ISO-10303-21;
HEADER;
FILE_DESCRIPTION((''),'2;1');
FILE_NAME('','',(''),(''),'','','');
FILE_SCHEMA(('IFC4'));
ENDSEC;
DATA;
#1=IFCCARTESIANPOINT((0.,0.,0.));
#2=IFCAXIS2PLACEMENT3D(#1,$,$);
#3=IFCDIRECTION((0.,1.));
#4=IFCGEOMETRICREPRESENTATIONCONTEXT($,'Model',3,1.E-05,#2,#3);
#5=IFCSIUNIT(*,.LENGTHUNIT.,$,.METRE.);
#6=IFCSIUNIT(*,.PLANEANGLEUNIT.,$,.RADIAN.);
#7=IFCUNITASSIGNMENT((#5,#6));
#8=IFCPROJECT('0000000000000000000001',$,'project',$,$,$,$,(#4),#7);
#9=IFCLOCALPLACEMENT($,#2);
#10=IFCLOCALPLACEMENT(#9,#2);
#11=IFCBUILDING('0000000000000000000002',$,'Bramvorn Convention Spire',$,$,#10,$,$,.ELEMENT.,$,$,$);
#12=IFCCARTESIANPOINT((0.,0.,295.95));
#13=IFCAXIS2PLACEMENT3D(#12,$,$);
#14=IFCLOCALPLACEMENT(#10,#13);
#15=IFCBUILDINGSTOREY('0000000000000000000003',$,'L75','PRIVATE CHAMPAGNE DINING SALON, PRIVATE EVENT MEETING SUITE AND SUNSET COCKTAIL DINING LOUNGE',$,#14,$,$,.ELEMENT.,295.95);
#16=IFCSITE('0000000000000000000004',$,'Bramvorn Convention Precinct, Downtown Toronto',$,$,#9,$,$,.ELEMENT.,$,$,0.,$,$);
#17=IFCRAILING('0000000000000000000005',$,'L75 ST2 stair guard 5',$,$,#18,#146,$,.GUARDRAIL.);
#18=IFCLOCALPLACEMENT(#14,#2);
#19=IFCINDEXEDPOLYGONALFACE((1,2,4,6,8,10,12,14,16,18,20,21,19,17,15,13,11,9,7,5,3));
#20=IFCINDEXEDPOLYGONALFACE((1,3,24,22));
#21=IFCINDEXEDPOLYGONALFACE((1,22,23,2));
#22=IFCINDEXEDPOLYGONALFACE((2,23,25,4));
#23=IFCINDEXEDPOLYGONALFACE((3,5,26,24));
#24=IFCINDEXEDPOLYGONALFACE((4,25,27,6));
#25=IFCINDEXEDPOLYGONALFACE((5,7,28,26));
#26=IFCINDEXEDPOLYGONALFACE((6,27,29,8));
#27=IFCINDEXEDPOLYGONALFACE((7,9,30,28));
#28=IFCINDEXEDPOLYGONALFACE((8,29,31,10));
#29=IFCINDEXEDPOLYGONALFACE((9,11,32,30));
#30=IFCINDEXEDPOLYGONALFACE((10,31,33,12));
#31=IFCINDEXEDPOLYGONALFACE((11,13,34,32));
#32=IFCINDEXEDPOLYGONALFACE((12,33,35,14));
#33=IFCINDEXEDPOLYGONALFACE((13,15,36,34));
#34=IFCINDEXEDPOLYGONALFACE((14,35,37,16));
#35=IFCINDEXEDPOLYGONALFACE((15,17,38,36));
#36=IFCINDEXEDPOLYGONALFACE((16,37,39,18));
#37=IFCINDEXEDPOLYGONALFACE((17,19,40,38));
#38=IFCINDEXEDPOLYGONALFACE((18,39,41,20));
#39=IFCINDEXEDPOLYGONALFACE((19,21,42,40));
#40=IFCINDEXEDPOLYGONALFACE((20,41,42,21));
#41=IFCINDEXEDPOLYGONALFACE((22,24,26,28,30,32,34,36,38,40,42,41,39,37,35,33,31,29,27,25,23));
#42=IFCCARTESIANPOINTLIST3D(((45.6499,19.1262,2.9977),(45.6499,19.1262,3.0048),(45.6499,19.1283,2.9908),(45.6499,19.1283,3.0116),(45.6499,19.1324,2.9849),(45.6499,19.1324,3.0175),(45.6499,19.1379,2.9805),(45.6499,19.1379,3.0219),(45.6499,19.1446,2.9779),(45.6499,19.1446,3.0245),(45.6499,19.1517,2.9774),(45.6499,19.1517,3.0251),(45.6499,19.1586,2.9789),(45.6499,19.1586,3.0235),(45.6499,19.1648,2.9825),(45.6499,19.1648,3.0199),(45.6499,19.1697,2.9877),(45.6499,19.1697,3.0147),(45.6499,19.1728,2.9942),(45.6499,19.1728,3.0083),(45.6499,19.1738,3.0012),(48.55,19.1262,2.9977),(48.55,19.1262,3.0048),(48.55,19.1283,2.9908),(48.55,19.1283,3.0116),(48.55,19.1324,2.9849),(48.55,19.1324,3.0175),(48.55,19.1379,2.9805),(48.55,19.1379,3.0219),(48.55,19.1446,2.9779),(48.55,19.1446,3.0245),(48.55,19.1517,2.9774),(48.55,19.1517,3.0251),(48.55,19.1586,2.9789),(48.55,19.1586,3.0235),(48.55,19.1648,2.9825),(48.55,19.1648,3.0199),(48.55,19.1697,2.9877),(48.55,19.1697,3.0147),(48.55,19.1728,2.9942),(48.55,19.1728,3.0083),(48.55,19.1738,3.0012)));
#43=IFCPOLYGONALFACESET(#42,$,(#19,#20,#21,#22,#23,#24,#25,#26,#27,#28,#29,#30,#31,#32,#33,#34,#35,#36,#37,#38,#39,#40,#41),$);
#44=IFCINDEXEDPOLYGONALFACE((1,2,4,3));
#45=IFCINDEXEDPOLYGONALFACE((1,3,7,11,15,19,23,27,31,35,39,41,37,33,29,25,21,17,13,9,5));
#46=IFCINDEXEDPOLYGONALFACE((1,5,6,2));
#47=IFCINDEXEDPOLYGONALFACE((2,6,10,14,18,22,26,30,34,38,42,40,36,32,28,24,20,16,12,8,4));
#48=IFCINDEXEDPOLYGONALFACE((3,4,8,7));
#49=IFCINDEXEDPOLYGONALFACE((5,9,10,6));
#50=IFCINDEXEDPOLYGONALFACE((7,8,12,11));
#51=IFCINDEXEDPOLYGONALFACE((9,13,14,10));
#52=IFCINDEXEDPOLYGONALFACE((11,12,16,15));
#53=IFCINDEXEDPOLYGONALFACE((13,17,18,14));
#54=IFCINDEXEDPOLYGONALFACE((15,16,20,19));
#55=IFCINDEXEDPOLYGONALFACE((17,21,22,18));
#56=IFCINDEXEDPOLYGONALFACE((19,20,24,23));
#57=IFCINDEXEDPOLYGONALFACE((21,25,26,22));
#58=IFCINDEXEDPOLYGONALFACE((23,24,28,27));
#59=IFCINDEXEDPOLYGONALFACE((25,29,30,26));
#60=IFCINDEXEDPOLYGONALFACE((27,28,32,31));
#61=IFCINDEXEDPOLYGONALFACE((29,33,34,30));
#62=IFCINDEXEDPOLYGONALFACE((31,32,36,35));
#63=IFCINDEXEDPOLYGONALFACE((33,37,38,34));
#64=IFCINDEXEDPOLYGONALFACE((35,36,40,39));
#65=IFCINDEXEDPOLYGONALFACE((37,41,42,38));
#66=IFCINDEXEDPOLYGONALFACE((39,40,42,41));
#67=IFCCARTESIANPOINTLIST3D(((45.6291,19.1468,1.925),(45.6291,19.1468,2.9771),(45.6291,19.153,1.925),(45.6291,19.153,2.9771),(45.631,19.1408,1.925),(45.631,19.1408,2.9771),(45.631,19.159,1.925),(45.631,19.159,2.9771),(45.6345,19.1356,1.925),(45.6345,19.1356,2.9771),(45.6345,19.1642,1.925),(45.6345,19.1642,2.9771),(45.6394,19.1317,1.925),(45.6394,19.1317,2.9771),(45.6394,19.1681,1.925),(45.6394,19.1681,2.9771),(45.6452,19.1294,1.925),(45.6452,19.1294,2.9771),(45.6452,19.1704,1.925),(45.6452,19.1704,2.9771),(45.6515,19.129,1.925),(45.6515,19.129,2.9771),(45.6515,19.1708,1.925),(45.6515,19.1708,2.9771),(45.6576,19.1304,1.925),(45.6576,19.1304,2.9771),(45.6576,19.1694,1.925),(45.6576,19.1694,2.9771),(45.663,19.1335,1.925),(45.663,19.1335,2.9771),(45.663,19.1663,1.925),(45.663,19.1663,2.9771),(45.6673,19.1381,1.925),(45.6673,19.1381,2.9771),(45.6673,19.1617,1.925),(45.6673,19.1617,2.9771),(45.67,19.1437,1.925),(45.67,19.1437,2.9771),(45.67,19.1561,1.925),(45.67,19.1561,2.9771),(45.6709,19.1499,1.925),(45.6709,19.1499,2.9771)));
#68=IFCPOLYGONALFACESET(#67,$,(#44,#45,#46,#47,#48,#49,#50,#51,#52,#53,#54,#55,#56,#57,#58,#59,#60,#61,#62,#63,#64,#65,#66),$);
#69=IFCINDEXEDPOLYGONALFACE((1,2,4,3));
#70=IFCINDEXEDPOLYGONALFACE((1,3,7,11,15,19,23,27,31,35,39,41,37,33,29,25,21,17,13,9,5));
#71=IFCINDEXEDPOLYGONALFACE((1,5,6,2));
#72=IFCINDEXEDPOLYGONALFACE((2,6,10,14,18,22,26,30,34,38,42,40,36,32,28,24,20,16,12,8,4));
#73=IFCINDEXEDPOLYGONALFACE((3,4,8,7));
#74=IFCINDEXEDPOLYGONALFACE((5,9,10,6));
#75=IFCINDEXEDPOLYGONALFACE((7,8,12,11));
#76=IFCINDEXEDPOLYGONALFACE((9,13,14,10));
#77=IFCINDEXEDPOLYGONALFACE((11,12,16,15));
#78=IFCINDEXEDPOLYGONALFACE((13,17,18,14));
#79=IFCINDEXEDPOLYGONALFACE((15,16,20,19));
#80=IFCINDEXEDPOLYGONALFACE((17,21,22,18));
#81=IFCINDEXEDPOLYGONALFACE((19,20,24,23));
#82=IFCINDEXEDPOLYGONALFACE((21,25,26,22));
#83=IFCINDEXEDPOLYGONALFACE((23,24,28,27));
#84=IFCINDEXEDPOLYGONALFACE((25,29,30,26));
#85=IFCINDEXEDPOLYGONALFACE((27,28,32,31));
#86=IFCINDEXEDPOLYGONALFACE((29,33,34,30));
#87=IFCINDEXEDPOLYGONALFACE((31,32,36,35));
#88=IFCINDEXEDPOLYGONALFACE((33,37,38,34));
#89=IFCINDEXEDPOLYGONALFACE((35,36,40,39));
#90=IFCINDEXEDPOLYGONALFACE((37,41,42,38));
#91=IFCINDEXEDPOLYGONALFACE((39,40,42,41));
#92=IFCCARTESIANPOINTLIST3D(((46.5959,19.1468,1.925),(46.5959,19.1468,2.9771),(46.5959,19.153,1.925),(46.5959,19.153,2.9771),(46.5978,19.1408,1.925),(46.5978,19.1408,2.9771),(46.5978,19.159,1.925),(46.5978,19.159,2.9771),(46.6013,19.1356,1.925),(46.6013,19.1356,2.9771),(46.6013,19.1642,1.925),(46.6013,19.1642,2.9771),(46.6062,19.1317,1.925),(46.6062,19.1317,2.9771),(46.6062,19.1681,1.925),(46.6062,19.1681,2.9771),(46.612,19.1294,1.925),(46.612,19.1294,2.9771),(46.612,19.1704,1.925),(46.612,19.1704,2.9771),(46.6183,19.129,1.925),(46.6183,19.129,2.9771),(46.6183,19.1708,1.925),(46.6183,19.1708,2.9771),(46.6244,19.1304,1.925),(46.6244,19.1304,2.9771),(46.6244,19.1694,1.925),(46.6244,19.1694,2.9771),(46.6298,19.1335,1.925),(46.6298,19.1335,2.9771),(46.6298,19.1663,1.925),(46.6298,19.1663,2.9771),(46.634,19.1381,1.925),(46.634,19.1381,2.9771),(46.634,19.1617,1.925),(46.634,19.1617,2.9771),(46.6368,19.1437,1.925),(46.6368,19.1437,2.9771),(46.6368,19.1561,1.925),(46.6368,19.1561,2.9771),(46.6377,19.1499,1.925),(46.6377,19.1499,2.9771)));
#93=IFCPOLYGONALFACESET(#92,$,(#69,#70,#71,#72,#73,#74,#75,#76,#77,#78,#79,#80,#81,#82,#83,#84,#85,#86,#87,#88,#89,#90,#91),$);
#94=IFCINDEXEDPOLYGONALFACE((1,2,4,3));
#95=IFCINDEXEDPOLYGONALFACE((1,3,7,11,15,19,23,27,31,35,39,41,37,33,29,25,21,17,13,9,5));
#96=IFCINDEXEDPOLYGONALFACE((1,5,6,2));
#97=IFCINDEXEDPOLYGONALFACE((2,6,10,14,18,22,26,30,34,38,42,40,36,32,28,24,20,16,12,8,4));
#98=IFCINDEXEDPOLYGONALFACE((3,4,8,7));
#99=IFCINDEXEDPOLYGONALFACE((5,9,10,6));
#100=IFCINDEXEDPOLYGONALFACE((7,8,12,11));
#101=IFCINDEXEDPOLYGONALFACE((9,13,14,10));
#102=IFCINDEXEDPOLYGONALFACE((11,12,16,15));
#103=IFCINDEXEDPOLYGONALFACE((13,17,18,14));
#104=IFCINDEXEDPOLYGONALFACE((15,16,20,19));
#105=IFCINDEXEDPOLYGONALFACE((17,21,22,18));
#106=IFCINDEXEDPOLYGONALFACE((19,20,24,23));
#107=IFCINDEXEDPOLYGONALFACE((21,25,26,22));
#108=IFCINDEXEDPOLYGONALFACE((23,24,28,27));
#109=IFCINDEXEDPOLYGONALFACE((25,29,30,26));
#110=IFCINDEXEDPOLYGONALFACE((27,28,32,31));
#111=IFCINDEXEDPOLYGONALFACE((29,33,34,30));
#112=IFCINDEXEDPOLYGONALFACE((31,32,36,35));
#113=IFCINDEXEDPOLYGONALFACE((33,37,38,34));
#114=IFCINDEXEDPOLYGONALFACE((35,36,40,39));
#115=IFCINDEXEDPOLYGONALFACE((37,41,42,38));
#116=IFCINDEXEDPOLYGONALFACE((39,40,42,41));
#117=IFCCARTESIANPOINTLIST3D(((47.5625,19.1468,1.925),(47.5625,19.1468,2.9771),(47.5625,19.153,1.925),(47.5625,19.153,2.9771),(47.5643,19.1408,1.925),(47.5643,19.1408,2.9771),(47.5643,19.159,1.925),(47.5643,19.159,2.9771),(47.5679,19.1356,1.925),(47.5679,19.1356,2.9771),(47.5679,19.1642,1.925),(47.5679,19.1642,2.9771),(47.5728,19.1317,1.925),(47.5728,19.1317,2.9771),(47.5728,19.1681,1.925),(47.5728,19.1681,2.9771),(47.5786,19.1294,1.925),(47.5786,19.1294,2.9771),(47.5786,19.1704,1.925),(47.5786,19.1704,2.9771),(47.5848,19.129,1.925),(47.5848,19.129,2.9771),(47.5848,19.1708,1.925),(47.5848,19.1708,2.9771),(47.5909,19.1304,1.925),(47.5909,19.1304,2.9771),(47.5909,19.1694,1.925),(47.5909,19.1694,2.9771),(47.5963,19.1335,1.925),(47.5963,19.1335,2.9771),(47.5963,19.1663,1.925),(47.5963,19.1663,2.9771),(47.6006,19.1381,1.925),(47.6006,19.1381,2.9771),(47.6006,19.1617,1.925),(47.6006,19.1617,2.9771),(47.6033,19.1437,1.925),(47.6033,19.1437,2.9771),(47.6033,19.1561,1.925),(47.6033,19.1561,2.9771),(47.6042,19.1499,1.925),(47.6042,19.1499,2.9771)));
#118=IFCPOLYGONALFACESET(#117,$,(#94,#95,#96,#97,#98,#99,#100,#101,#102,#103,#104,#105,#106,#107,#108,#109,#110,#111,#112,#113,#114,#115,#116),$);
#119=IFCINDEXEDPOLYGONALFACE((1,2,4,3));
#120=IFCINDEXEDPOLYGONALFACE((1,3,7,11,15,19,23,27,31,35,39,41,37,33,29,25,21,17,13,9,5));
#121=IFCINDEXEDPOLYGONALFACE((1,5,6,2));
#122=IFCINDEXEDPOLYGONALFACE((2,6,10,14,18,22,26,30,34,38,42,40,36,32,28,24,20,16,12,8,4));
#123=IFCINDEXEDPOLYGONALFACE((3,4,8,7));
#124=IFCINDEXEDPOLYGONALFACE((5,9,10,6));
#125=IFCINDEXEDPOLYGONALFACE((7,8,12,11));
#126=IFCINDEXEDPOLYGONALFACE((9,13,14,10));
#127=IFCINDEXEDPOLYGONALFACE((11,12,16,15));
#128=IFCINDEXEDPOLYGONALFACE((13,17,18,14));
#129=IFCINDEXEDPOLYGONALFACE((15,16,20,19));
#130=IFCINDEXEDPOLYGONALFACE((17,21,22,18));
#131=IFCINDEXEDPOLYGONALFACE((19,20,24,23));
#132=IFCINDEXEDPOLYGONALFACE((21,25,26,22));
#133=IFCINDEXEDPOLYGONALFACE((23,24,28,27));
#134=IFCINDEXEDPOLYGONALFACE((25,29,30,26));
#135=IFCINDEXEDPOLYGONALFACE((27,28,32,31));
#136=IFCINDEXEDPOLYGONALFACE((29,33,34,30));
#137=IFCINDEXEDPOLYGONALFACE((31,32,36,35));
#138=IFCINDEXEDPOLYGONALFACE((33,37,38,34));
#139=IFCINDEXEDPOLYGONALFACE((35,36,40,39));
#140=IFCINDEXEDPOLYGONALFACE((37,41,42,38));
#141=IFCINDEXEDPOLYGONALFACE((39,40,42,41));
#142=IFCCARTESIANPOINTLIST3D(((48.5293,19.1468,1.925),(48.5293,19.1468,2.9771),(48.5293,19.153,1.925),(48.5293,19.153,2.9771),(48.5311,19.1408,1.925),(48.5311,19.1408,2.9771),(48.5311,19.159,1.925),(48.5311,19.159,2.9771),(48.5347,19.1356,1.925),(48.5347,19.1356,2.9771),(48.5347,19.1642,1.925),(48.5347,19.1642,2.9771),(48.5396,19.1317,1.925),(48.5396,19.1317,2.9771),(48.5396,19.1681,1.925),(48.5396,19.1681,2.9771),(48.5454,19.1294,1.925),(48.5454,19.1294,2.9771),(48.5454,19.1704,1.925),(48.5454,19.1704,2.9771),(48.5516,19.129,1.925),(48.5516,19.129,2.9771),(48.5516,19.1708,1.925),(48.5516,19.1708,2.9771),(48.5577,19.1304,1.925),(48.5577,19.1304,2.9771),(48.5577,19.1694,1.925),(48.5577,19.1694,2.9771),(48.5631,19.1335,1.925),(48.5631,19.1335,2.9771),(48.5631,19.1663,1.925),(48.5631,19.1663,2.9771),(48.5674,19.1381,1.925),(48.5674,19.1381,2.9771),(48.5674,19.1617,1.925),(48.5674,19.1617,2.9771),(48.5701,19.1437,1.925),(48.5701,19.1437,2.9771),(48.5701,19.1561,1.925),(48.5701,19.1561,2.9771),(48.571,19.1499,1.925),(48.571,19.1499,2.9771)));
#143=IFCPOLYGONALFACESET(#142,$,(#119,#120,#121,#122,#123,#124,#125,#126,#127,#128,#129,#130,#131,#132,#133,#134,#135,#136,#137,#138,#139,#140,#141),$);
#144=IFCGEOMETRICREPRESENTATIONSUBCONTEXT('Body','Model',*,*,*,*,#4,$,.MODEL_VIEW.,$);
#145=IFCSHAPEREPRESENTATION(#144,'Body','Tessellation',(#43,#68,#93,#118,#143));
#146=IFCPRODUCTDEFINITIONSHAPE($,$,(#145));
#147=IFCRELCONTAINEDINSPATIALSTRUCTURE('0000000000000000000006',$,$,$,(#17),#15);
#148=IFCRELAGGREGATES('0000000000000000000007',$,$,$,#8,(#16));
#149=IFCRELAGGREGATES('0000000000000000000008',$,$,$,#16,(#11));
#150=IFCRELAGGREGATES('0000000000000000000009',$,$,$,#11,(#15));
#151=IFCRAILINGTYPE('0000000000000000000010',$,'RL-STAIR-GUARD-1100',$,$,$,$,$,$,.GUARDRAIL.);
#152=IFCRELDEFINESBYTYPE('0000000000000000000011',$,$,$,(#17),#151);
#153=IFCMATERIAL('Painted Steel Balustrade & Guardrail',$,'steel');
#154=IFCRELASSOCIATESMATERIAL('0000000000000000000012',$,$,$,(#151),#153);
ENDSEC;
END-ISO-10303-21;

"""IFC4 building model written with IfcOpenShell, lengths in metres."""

from ifc_helpers import new_model, si_unit, direction, frame, origin, origin_2d, place, context, subcontext, project, spatial, circle, extrude, material, type_object, element, save


model = new_model("IFC4")

# Units and contexts
model_context = context("Model", 3, precision=1e-05, world=origin(), true_north=direction((0.0, 1.0)))
body_context = subcontext(model_context, "Body", "Model", "MODEL_VIEW")
ifc_project = project(units=[si_unit("LENGTHUNIT", "METRE"), si_unit("PLANEANGLEUNIT", "RADIAN")], contexts=[model_context])

# Site, building, storey
site_placement = place(None, origin())
site = spatial("IfcSite", under=ifc_project, at=site_placement, Name="Bramvorn Convention Precinct, Downtown Toronto", CompositionType="ELEMENT", RefElevation=0.0)
building_placement = place(site_placement, origin())
building = spatial("IfcBuilding", under=site, at=building_placement, Name="Bramvorn Convention Spire", CompositionType="ELEMENT")
storey_placement = place(building_placement, frame((0.0, 0.0, 295.95)))
storey = spatial("IfcBuildingStorey", under=building, at=storey_placement, Name="L75", Description="PRIVATE CHAMPAGNE DINING SALON, PRIVATE EVENT MEETING SUITE AND SUNSET COCKTAIL DINING LOUNGE", CompositionType="ELEMENT", Elevation=295.95)

# Railing
ifc_material_1 = material(Name="Painted Steel Balustrade & Guardrail", Category="steel")
railing_type = type_object("IfcRailingType", Name="RL-STAIR-GUARD-1100", PredefinedType="GUARDRAIL", material=ifc_material_1)
railing_1_placement = place(storey_placement, frame((45.6499, 19.1499, 1.925)))
element("IfcRailing", 1, at=railing_1_placement, inside=storey, type_object=railing_type, Name="L75 ST2 stair guard 5", PredefinedType="GUARDRAIL", context=body_context, shape_type="SweptSolid", body=[
    extrude(circle(Radius=0.0239, at=origin_2d()), frame((0.0, 0.0, 1.0762), z_axis=(1.0, 0.0, 0.0), x_axis=(0.0, 1.0, 0.0)), (0.0, 0.0, 1.0), 2.9001),
    extrude(circle(Radius=0.021, at=origin_2d()), origin(), (0.0, 0.0, 1.0), 1.052),
    extrude(circle(Radius=0.021, at=origin_2d()), frame((0.9668, 0.0, 0.0)), (0.0, 0.0, 1.0), 1.052),
    extrude(circle(Radius=0.021, at=origin_2d()), frame((1.9333, 0.0, 0.0)), (0.0, 0.0, 1.0), 1.052),
    extrude(circle(Radius=0.021, at=origin_2d()), frame((2.9001, 0.0, 0.0)), (0.0, 0.0, 1.0), 1.052),
])

save(model, "model.ifc")
